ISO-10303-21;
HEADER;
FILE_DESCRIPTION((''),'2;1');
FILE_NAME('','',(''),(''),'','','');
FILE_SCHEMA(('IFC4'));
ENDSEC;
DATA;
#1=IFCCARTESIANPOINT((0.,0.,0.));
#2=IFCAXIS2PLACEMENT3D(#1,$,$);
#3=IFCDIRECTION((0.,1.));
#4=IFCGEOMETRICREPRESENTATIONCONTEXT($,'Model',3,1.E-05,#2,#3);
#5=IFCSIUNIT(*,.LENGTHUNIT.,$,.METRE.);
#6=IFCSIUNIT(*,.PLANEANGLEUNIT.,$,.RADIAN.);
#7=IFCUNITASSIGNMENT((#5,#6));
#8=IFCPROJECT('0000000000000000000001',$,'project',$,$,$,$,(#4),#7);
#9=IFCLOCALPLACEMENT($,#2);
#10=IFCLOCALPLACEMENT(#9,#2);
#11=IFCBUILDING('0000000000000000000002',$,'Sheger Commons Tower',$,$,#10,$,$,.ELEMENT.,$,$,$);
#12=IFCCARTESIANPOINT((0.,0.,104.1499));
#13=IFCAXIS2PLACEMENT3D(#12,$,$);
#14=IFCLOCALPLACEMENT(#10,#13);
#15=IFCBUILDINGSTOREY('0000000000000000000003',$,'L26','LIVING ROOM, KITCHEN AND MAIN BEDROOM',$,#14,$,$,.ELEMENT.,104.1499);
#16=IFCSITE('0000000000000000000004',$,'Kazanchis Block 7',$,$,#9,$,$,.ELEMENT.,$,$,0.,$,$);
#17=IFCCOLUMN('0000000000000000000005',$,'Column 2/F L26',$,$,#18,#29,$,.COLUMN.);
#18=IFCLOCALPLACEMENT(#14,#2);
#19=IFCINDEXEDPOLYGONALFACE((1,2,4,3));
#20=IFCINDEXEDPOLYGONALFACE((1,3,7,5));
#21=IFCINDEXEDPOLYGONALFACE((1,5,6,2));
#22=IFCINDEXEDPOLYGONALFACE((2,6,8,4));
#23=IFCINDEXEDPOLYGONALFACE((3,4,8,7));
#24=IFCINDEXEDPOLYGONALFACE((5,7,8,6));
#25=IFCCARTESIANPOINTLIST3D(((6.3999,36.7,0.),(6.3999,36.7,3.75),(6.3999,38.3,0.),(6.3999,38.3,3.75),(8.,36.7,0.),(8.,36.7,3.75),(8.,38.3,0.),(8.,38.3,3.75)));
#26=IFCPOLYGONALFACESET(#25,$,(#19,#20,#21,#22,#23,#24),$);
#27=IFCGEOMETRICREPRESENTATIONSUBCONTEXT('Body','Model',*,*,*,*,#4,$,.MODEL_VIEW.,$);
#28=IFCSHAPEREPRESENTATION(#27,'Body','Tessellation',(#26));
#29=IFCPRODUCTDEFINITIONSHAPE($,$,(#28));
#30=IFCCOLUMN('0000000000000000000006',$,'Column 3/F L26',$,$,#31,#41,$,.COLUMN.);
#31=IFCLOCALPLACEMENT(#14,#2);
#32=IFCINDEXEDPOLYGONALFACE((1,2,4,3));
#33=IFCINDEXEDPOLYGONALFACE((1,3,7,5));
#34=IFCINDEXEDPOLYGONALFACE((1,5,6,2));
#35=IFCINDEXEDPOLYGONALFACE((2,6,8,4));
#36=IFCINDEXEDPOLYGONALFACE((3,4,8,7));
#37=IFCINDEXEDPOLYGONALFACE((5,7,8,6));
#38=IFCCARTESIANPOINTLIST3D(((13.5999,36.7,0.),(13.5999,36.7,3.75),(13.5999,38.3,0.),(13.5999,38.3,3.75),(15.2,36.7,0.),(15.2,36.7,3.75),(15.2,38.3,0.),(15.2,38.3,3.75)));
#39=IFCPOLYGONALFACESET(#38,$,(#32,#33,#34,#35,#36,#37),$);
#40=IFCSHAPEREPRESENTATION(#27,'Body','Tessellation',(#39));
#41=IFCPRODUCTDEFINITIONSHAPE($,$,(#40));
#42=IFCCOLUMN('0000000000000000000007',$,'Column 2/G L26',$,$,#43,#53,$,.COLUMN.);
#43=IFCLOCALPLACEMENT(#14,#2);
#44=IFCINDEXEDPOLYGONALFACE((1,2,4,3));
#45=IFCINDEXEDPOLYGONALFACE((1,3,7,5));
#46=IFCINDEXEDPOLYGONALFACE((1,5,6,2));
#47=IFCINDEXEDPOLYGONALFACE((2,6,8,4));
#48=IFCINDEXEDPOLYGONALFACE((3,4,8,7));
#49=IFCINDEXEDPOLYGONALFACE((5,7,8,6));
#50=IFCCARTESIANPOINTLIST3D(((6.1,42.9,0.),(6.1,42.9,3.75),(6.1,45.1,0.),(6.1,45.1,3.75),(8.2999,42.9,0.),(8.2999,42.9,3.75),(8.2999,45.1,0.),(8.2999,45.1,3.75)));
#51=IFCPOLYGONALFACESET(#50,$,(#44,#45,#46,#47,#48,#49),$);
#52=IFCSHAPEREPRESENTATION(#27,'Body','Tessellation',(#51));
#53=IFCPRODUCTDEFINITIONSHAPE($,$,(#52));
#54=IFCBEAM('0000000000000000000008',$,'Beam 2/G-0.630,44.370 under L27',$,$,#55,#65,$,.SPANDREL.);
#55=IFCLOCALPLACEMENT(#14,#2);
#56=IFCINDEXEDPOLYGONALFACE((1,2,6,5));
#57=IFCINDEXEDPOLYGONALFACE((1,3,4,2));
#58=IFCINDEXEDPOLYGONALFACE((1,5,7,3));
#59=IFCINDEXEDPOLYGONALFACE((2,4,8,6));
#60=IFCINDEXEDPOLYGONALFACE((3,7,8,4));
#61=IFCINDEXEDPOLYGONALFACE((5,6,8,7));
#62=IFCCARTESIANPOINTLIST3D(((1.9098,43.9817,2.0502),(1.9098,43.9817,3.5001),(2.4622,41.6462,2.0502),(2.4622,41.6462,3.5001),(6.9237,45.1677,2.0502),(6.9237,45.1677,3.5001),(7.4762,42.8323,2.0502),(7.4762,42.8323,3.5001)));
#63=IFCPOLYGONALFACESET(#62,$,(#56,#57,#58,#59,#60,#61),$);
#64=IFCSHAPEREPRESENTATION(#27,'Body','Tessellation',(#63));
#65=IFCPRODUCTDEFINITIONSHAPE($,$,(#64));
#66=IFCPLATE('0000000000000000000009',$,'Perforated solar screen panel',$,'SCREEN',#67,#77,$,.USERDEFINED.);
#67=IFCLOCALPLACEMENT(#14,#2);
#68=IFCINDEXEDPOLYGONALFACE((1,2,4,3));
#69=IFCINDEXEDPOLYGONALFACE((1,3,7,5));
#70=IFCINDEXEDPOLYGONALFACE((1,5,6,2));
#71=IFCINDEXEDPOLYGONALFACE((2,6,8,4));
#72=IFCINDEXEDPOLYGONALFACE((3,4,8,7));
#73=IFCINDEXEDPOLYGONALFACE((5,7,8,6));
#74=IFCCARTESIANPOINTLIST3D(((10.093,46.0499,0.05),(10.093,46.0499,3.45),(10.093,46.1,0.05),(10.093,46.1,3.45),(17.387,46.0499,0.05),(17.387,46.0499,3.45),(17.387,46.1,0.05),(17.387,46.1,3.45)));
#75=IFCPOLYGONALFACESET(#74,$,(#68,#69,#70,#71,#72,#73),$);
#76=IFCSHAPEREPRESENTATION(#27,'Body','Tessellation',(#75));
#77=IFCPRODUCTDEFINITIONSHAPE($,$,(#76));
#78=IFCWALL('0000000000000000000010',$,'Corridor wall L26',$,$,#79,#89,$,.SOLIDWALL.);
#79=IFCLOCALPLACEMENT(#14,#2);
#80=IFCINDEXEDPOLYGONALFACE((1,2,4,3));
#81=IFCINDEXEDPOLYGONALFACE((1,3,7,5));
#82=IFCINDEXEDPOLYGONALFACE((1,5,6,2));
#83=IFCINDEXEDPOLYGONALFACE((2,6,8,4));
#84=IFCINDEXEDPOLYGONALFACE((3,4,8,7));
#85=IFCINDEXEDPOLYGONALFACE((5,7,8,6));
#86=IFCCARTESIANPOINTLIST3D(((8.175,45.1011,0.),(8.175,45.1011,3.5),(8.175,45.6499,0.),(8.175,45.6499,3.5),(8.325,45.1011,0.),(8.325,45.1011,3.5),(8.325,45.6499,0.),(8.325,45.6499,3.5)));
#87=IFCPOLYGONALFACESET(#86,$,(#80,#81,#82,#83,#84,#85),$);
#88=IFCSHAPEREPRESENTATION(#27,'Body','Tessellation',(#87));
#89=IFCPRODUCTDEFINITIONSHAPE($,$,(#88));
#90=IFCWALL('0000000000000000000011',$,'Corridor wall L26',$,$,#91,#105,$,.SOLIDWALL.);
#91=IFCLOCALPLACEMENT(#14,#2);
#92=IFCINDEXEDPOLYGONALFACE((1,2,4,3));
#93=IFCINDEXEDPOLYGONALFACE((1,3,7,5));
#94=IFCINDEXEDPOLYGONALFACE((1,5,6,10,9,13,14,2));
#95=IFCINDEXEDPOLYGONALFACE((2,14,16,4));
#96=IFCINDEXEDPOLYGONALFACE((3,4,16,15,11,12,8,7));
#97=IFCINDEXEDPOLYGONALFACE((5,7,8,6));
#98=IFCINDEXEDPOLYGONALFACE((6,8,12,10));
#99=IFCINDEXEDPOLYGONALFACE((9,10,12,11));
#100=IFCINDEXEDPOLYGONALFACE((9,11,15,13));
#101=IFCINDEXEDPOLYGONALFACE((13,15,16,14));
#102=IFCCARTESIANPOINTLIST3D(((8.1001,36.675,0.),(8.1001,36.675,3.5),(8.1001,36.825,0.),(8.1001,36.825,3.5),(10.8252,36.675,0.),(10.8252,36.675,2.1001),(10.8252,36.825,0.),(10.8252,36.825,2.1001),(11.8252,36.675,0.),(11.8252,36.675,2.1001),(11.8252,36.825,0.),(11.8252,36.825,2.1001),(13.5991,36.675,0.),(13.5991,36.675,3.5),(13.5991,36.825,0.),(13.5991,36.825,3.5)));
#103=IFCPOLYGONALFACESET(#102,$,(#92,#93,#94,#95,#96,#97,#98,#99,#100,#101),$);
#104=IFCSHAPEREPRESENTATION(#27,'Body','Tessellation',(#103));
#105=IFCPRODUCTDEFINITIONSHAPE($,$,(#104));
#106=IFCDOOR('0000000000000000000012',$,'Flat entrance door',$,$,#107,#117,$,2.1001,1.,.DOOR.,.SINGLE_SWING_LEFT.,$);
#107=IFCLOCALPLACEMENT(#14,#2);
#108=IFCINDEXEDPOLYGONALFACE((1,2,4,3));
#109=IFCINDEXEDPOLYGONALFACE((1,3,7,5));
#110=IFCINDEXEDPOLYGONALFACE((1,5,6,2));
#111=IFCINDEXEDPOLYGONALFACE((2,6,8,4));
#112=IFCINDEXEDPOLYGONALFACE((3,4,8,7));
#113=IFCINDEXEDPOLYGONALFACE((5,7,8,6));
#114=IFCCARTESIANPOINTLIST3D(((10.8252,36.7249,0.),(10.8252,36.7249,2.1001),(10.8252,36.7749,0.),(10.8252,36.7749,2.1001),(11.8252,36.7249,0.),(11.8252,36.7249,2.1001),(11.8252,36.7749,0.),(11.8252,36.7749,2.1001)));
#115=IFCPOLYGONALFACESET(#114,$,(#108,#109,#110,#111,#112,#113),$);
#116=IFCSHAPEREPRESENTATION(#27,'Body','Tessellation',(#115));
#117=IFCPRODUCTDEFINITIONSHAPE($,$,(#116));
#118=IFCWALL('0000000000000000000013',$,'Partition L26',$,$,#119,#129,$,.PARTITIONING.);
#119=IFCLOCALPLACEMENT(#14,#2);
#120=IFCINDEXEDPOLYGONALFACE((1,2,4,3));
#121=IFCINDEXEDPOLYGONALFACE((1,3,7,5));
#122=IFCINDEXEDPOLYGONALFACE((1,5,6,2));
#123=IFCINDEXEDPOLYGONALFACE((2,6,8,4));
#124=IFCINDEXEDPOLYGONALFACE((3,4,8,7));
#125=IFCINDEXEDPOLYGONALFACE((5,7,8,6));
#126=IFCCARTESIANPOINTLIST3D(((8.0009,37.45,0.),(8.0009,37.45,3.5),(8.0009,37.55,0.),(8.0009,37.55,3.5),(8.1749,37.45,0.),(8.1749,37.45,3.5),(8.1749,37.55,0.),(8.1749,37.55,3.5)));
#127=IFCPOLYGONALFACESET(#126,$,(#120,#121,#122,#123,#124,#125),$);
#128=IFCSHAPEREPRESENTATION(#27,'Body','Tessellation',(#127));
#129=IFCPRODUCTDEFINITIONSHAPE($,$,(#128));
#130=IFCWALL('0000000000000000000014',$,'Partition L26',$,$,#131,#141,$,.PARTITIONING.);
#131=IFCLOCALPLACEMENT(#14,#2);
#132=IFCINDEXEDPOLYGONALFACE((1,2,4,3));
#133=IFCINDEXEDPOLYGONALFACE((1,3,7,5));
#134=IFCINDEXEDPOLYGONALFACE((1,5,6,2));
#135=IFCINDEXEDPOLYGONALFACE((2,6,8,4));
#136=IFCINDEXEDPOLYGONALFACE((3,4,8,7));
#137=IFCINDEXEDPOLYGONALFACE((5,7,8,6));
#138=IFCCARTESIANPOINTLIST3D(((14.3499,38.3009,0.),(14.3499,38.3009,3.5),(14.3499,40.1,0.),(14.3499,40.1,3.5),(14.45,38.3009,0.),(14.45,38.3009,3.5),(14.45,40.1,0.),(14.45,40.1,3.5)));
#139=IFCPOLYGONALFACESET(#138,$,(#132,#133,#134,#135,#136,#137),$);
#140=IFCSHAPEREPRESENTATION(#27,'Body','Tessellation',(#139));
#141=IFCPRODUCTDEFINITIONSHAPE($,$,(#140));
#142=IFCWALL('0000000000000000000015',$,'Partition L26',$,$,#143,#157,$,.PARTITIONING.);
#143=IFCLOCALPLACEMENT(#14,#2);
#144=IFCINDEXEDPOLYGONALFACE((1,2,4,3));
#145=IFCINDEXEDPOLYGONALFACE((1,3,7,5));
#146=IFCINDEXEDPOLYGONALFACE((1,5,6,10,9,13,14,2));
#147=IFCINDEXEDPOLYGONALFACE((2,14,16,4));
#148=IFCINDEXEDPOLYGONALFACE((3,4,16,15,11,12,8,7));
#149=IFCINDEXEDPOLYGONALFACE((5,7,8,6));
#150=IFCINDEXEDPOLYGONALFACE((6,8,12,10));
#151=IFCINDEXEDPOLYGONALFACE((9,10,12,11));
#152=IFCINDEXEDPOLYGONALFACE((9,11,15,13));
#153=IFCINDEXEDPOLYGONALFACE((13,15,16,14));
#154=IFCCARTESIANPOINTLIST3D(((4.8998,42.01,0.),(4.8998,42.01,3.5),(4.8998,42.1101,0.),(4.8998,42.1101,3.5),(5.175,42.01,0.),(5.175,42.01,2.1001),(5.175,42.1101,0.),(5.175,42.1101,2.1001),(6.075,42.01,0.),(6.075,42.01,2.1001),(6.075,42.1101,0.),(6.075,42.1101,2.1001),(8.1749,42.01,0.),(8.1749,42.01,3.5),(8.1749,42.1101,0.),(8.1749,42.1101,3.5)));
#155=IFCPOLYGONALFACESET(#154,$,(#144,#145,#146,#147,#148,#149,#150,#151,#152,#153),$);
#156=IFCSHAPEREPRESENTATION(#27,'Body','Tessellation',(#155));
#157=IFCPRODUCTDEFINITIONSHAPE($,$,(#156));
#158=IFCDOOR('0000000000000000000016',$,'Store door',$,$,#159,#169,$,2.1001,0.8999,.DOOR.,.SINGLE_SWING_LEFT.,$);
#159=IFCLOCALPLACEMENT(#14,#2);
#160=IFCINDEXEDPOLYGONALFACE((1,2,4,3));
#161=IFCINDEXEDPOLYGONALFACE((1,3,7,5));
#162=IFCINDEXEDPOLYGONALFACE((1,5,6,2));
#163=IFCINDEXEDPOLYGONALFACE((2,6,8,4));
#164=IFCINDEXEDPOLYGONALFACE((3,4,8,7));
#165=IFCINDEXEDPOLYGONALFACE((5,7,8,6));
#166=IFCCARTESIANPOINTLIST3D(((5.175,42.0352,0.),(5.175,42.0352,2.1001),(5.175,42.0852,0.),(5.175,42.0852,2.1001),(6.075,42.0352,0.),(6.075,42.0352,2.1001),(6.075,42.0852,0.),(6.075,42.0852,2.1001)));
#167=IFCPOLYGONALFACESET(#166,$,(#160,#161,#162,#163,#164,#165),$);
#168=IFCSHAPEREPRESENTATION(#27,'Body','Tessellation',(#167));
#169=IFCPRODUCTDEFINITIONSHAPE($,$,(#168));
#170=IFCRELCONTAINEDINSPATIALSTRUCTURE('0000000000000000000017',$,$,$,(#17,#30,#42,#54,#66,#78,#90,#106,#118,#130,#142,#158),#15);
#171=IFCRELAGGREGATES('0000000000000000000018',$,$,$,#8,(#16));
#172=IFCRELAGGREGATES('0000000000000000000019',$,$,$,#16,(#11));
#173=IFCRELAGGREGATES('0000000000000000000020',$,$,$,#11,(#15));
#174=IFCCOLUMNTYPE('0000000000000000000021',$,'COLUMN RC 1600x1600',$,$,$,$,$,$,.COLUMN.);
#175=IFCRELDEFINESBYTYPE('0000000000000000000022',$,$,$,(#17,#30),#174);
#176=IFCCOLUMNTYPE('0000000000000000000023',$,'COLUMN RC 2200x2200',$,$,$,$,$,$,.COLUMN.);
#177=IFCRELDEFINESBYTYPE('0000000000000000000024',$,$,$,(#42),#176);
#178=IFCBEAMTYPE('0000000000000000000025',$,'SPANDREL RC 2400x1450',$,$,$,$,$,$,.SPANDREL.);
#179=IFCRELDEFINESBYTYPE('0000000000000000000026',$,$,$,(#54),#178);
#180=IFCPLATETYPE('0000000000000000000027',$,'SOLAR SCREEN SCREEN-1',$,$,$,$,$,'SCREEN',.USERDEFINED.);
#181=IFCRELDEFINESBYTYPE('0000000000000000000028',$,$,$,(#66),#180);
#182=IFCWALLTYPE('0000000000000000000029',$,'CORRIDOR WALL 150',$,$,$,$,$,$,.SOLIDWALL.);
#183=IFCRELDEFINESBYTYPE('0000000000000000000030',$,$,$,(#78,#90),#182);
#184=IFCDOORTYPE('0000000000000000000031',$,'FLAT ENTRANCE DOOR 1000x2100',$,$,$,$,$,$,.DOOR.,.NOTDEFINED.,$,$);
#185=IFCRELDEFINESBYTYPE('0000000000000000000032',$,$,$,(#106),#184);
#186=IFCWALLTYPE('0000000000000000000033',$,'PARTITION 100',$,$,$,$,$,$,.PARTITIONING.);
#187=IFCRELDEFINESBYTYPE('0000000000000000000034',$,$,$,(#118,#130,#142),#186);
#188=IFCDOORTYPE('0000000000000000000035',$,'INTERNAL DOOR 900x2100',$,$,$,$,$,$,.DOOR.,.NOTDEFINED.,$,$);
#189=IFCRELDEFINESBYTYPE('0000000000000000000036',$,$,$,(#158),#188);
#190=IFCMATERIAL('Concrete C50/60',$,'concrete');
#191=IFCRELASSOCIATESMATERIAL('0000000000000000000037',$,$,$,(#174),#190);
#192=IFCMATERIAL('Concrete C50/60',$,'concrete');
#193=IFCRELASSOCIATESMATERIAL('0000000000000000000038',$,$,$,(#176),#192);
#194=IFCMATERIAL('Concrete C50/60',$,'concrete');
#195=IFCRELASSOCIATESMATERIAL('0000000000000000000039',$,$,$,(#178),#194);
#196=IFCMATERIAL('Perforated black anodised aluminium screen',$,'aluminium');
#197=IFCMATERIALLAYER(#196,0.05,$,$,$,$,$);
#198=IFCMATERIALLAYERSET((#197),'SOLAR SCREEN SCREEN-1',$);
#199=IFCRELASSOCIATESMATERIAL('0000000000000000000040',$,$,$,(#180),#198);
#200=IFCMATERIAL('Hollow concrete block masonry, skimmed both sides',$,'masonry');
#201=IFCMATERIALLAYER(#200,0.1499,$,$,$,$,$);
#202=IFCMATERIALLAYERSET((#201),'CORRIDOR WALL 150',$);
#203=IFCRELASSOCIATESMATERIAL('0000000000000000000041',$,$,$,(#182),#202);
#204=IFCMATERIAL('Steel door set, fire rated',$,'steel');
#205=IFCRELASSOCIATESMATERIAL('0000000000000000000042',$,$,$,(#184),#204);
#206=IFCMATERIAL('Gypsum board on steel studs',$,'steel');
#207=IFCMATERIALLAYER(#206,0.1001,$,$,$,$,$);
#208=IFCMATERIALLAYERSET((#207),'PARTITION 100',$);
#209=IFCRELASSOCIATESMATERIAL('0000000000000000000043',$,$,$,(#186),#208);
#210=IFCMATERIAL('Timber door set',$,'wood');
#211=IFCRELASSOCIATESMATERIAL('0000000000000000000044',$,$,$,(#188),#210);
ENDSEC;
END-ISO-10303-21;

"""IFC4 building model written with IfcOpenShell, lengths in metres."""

from ifc_helpers import new_model, si_unit, direction, frame, frame_2d, origin, origin_2d, place, context, subcontext, project, spatial, rectangle, extrude, material, layer, layer_set, material_profile, profile_set, type_object, element, fill, save


model = new_model("IFC4")

# Units and contexts
model_context = context("Model", 3, precision=1e-05, world=origin(), true_north=direction((0.0, 1.0)))
body_context = subcontext(model_context, "Body", "Model", "MODEL_VIEW")
ifc_project = project(units=[si_unit("LENGTHUNIT", "METRE"), si_unit("PLANEANGLEUNIT", "RADIAN")], contexts=[model_context])

# Site, building, storey
site_placement = place(None, origin())
site = spatial("IfcSite", under=ifc_project, at=site_placement, Name="Kazanchis Block 7", CompositionType="ELEMENT", RefElevation=0.0)
building_placement = place(site_placement, origin())
building = spatial("IfcBuilding", under=site, at=building_placement, Name="Sheger Commons Tower", CompositionType="ELEMENT")
storey_placement = place(building_placement, frame((0.0, 0.0, 104.1499)))
storey = spatial("IfcBuildingStorey", under=building, at=storey_placement, Name="L26", Description="LIVING ROOM, KITCHEN AND MAIN BEDROOM", CompositionType="ELEMENT", Elevation=104.1499)

# Columns
ifc_material_1 = material(Name="Concrete C50/60", Category="concrete")
ifc_material_profile_1 = material_profile(ifc_material_1, rectangle(XDim=1.6001, YDim=1.6001, at=origin_2d()), Name="RC 1600x1600")
ifc_profile_set_1 = profile_set([ifc_material_profile_1], Name="Concrete C50/60")
column_type_1 = type_object("IfcColumnType", Name="COLUMN RC 1600x1600", PredefinedType="COLUMN", material=ifc_profile_set_1)
for number, where, z_axis, x_axis, name in (
    (1, (7.2, 37.5, 0.0), (0.0, 0.0, 1.0), (1.0, 0.0, 0.0), "Column 2/F L26"),
    (2, (14.3999, 37.5, 0.0), (0.0, 0.0, 1.0), (1.0, 0.0, 0.0), "Column 3/F L26"),
):
    element("IfcColumn", number, at=place(storey_placement, frame(where, z_axis=z_axis, x_axis=x_axis)), inside=storey, type_object=column_type_1, Name=name, PredefinedType="COLUMN", context=body_context, shape_type="SweptSolid", body=[
        extrude(rectangle(XDim=1.6001, YDim=1.6001, at=origin_2d()), origin(), (0.0, 0.0, 1.0), 3.75),
    ])
ifc_material_2 = material(Name="Concrete C50/60", Category="concrete")
ifc_material_profile_2 = material_profile(ifc_material_2, rectangle(XDim=2.2, YDim=2.2, at=origin_2d()), Name="RC 2200x2200")
ifc_profile_set_2 = profile_set([ifc_material_profile_2], Name="Concrete C50/60")
column_type_2 = type_object("IfcColumnType", Name="COLUMN RC 2200x2200", PredefinedType="COLUMN", material=ifc_profile_set_2)
column_placement = place(storey_placement, frame((7.2, 44.0, 0.0), z_axis=(0.0, 0.0, 1.0), x_axis=(1.0, 0.0, 0.0)))
element("IfcColumn", 3, at=column_placement, inside=storey, type_object=column_type_2, Name="Column 2/G L26", PredefinedType="COLUMN", context=body_context, shape_type="SweptSolid", body=[
    extrude(rectangle(XDim=2.2, YDim=2.2, at=origin_2d()), origin(), (0.0, 0.0, 1.0), 3.75),
])

# Beam
ifc_material_3 = material(Name="Concrete C50/60", Category="concrete")
ifc_material_profile_3 = material_profile(ifc_material_3, rectangle(XDim=2.3999, YDim=1.45, at=origin_2d()), Name="RC 2400x1450")
ifc_profile_set_3 = profile_set([ifc_material_profile_3], Name="Concrete C50/60")
beam_type = type_object("IfcBeamType", Name="SPANDREL RC 2400x1450", PredefinedType="SPANDREL", material=ifc_profile_set_3)
beam_placement = place(storey_placement, frame((7.2, 44.0, 2.7751), z_axis=(-0.973144, -0.230196, 0.0), x_axis=(0.230196, -0.973144, 0.0)))
element("IfcBeam", 4, at=beam_placement, inside=storey, type_object=beam_type, Name="Beam 2/G-0.630,44.370 under L27", PredefinedType="SPANDREL", context=body_context, shape_type="SweptSolid", body=[
    extrude(rectangle(XDim=2.3999, YDim=1.45, at=origin_2d()), origin(), (0.0, 0.0, 1.0), 5.1523),
])

# Plate
ifc_material_4 = material(Name="Perforated black anodised aluminium screen", Category="aluminium")
ifc_layer_1 = layer(ifc_material_4, 0.05)
ifc_layer_set_1 = layer_set([ifc_layer_1], Name="SOLAR SCREEN SCREEN-1")
plate_type = type_object("IfcPlateType", Name="SOLAR SCREEN SCREEN-1", ElementType="SCREEN", PredefinedType="USERDEFINED", material=ifc_layer_set_1)
plate_placement = place(storey_placement, frame((13.74, 46.075, 0.05), z_axis=(0.0, 0.0, 1.0), x_axis=(-1.0, 0.0, 0.0)))
element("IfcPlate", 5, at=plate_placement, inside=storey, type_object=plate_type, Name="Perforated solar screen panel", ObjectType="SCREEN", PredefinedType="USERDEFINED", context=body_context, shape_type="SweptSolid", body=[
    extrude(rectangle(XDim=7.2939, YDim=0.05, at=origin_2d()), origin(), (0.0, 0.0, 1.0), 3.3999),
])

# Wall
ifc_material_5 = material(Name="Hollow concrete block masonry, skimmed both sides", Category="masonry")
ifc_layer_2 = layer(ifc_material_5, 0.1499)
ifc_layer_set_2 = layer_set([ifc_layer_2], Name="CORRIDOR WALL 150")
wall_type_1 = type_object("IfcWallType", Name="CORRIDOR WALL 150", PredefinedType="SOLIDWALL", material=ifc_layer_set_2)
wall_1_placement = place(storey_placement, frame((8.25, 45.1011, 0.0), z_axis=(0.0, 0.0, 1.0), x_axis=(0.0, 1.0, 0.0)))
element("IfcWall", 6, at=wall_1_placement, inside=storey, type_object=wall_type_1, Name="Corridor wall L26", PredefinedType="SOLIDWALL", context=body_context, shape_type="SweptSolid", body=[
    extrude(rectangle(XDim=0.5488, YDim=0.1499, at=frame_2d((0.2744, 0.0))), origin(), (0.0, 0.0, 1.0), 3.5),
])

# Wall, opening, door
wall_2_placement = place(storey_placement, frame((8.1001, 36.75, 0.0), z_axis=(0.0, 0.0, 1.0), x_axis=(1.0, 0.0, 0.0)))
wall_2 = element("IfcWall", 7, at=wall_2_placement, inside=storey, type_object=wall_type_1, Name="Corridor wall L26", PredefinedType="SOLIDWALL", context=body_context, shape_type="SweptSolid", body=[
    extrude(rectangle(XDim=5.499, YDim=0.1499, at=frame_2d((2.7495, 0.0))), origin(), (0.0, 0.0, 1.0), 3.5),
])
opening_1_placement = place(wall_2_placement, frame((2.7251, 0.0, 0.0)))
opening_1 = element("IfcOpeningElement", 8, at=opening_1_placement, cuts=wall_2, PredefinedType="OPENING", context=body_context, shape_type="SweptSolid", body=[
    extrude(rectangle(XDim=1.0, YDim=2.1001, at=frame_2d((0.5, 1.05))), frame((0.0, 0.085, 0.0), z_axis=(0.0, -1.0, 0.0), x_axis=(1.0, 0.0, 0.0)), (0.0, 0.0, 1.0), 0.1699),
])
ifc_material_6 = material(Name="Steel door set, fire rated", Category="steel")
door_type_1 = type_object("IfcDoorType", Name="FLAT ENTRANCE DOOR 1000x2100", OperationType="NOTDEFINED", PredefinedType="DOOR", material=ifc_material_6)
door_1_placement = place(opening_1_placement, origin())
door_1 = element("IfcDoor", 9, at=door_1_placement, inside=storey, type_object=door_type_1, Name="Flat entrance door", OperationType="SINGLE_SWING_LEFT", OverallHeight=2.1001, OverallWidth=1.0, PredefinedType="DOOR", context=body_context, shape_type="SweptSolid", body=[
    extrude(rectangle(XDim=1.0, YDim=2.1001, at=frame_2d((0.5, 1.05))), frame((0.0, 0.0249, 0.0), z_axis=(0.0, -1.0, 0.0), x_axis=(1.0, 0.0, 0.0)), (0.0, 0.0, 1.0), 0.05),
])
fill(opening_1, door_1)

# Walls
ifc_material_7 = material(Name="Gypsum board on steel studs", Category="steel")
ifc_layer_3 = layer(ifc_material_7, 0.1001)
ifc_layer_set_3 = layer_set([ifc_layer_3], Name="PARTITION 100")
wall_type_2 = type_object("IfcWallType", Name="PARTITION 100", PredefinedType="PARTITIONING", material=ifc_layer_set_3)
wall_3_placement = place(storey_placement, frame((8.001, 37.5, 0.0), z_axis=(0.0, 0.0, 1.0), x_axis=(1.0, 0.0, 0.0)))
element("IfcWall", 10, at=wall_3_placement, inside=storey, type_object=wall_type_2, Name="Partition L26", PredefinedType="PARTITIONING", context=body_context, shape_type="SweptSolid", body=[
    extrude(rectangle(XDim=0.1741, YDim=0.1001, at=frame_2d((0.0869, 0.0))), origin(), (0.0, 0.0, 1.0), 3.5),
])
wall_4_placement = place(storey_placement, frame((14.3999, 38.301, 0.0), z_axis=(0.0, 0.0, 1.0), x_axis=(0.0, 1.0, 0.0)))
element("IfcWall", 11, at=wall_4_placement, inside=storey, type_object=wall_type_2, Name="Partition L26", PredefinedType="PARTITIONING", context=body_context, shape_type="SweptSolid", body=[
    extrude(rectangle(XDim=1.7991, YDim=0.1001, at=frame_2d((0.8994, 0.0))), origin(), (0.0, 0.0, 1.0), 3.5),
])

# Wall, opening, door
wall_5_placement = place(storey_placement, frame((8.175, 42.0601, 0.0), z_axis=(0.0, 0.0, 1.0), x_axis=(-1.0, 0.0, 0.0)))
wall_5 = element("IfcWall", 12, at=wall_5_placement, inside=storey, type_object=wall_type_2, Name="Partition L26", PredefinedType="PARTITIONING", context=body_context, shape_type="SweptSolid", body=[
    extrude(rectangle(XDim=3.2751, YDim=0.1001, at=frame_2d((1.6377, 0.0))), origin(), (0.0, 0.0, 1.0), 3.5),
])
opening_2_placement = place(wall_5_placement, frame((2.1001, 0.0, 0.0)))
opening_2 = element("IfcOpeningElement", 13, at=opening_2_placement, cuts=wall_5, PredefinedType="OPENING", context=body_context, shape_type="SweptSolid", body=[
    extrude(rectangle(XDim=0.8999, YDim=2.1001, at=frame_2d((0.45, 1.05))), frame((0.0, 0.0601, 0.0), z_axis=(0.0, -1.0, 0.0), x_axis=(1.0, 0.0, 0.0)), (0.0, 0.0, 1.0), 0.1201),
])
ifc_material_8 = material(Name="Timber door set", Category="wood")
door_type_2 = type_object("IfcDoorType", Name="INTERNAL DOOR 900x2100", OperationType="NOTDEFINED", PredefinedType="DOOR", material=ifc_material_8)
door_2_placement = place(opening_2_placement, origin())
door_2 = element("IfcDoor", 14, at=door_2_placement, inside=storey, type_object=door_type_2, Name="Store door", OperationType="SINGLE_SWING_LEFT", OverallHeight=2.1001, OverallWidth=0.8999, PredefinedType="DOOR", context=body_context, shape_type="SweptSolid", body=[
    extrude(rectangle(XDim=0.8999, YDim=2.1001, at=frame_2d((0.45, 1.05))), frame((0.0, 0.0249, 0.0), z_axis=(0.0, -1.0, 0.0), x_axis=(1.0, 0.0, 0.0)), (0.0, 0.0, 1.0), 0.05),
])
fill(opening_2, door_2)

save(model, "model.ifc")
